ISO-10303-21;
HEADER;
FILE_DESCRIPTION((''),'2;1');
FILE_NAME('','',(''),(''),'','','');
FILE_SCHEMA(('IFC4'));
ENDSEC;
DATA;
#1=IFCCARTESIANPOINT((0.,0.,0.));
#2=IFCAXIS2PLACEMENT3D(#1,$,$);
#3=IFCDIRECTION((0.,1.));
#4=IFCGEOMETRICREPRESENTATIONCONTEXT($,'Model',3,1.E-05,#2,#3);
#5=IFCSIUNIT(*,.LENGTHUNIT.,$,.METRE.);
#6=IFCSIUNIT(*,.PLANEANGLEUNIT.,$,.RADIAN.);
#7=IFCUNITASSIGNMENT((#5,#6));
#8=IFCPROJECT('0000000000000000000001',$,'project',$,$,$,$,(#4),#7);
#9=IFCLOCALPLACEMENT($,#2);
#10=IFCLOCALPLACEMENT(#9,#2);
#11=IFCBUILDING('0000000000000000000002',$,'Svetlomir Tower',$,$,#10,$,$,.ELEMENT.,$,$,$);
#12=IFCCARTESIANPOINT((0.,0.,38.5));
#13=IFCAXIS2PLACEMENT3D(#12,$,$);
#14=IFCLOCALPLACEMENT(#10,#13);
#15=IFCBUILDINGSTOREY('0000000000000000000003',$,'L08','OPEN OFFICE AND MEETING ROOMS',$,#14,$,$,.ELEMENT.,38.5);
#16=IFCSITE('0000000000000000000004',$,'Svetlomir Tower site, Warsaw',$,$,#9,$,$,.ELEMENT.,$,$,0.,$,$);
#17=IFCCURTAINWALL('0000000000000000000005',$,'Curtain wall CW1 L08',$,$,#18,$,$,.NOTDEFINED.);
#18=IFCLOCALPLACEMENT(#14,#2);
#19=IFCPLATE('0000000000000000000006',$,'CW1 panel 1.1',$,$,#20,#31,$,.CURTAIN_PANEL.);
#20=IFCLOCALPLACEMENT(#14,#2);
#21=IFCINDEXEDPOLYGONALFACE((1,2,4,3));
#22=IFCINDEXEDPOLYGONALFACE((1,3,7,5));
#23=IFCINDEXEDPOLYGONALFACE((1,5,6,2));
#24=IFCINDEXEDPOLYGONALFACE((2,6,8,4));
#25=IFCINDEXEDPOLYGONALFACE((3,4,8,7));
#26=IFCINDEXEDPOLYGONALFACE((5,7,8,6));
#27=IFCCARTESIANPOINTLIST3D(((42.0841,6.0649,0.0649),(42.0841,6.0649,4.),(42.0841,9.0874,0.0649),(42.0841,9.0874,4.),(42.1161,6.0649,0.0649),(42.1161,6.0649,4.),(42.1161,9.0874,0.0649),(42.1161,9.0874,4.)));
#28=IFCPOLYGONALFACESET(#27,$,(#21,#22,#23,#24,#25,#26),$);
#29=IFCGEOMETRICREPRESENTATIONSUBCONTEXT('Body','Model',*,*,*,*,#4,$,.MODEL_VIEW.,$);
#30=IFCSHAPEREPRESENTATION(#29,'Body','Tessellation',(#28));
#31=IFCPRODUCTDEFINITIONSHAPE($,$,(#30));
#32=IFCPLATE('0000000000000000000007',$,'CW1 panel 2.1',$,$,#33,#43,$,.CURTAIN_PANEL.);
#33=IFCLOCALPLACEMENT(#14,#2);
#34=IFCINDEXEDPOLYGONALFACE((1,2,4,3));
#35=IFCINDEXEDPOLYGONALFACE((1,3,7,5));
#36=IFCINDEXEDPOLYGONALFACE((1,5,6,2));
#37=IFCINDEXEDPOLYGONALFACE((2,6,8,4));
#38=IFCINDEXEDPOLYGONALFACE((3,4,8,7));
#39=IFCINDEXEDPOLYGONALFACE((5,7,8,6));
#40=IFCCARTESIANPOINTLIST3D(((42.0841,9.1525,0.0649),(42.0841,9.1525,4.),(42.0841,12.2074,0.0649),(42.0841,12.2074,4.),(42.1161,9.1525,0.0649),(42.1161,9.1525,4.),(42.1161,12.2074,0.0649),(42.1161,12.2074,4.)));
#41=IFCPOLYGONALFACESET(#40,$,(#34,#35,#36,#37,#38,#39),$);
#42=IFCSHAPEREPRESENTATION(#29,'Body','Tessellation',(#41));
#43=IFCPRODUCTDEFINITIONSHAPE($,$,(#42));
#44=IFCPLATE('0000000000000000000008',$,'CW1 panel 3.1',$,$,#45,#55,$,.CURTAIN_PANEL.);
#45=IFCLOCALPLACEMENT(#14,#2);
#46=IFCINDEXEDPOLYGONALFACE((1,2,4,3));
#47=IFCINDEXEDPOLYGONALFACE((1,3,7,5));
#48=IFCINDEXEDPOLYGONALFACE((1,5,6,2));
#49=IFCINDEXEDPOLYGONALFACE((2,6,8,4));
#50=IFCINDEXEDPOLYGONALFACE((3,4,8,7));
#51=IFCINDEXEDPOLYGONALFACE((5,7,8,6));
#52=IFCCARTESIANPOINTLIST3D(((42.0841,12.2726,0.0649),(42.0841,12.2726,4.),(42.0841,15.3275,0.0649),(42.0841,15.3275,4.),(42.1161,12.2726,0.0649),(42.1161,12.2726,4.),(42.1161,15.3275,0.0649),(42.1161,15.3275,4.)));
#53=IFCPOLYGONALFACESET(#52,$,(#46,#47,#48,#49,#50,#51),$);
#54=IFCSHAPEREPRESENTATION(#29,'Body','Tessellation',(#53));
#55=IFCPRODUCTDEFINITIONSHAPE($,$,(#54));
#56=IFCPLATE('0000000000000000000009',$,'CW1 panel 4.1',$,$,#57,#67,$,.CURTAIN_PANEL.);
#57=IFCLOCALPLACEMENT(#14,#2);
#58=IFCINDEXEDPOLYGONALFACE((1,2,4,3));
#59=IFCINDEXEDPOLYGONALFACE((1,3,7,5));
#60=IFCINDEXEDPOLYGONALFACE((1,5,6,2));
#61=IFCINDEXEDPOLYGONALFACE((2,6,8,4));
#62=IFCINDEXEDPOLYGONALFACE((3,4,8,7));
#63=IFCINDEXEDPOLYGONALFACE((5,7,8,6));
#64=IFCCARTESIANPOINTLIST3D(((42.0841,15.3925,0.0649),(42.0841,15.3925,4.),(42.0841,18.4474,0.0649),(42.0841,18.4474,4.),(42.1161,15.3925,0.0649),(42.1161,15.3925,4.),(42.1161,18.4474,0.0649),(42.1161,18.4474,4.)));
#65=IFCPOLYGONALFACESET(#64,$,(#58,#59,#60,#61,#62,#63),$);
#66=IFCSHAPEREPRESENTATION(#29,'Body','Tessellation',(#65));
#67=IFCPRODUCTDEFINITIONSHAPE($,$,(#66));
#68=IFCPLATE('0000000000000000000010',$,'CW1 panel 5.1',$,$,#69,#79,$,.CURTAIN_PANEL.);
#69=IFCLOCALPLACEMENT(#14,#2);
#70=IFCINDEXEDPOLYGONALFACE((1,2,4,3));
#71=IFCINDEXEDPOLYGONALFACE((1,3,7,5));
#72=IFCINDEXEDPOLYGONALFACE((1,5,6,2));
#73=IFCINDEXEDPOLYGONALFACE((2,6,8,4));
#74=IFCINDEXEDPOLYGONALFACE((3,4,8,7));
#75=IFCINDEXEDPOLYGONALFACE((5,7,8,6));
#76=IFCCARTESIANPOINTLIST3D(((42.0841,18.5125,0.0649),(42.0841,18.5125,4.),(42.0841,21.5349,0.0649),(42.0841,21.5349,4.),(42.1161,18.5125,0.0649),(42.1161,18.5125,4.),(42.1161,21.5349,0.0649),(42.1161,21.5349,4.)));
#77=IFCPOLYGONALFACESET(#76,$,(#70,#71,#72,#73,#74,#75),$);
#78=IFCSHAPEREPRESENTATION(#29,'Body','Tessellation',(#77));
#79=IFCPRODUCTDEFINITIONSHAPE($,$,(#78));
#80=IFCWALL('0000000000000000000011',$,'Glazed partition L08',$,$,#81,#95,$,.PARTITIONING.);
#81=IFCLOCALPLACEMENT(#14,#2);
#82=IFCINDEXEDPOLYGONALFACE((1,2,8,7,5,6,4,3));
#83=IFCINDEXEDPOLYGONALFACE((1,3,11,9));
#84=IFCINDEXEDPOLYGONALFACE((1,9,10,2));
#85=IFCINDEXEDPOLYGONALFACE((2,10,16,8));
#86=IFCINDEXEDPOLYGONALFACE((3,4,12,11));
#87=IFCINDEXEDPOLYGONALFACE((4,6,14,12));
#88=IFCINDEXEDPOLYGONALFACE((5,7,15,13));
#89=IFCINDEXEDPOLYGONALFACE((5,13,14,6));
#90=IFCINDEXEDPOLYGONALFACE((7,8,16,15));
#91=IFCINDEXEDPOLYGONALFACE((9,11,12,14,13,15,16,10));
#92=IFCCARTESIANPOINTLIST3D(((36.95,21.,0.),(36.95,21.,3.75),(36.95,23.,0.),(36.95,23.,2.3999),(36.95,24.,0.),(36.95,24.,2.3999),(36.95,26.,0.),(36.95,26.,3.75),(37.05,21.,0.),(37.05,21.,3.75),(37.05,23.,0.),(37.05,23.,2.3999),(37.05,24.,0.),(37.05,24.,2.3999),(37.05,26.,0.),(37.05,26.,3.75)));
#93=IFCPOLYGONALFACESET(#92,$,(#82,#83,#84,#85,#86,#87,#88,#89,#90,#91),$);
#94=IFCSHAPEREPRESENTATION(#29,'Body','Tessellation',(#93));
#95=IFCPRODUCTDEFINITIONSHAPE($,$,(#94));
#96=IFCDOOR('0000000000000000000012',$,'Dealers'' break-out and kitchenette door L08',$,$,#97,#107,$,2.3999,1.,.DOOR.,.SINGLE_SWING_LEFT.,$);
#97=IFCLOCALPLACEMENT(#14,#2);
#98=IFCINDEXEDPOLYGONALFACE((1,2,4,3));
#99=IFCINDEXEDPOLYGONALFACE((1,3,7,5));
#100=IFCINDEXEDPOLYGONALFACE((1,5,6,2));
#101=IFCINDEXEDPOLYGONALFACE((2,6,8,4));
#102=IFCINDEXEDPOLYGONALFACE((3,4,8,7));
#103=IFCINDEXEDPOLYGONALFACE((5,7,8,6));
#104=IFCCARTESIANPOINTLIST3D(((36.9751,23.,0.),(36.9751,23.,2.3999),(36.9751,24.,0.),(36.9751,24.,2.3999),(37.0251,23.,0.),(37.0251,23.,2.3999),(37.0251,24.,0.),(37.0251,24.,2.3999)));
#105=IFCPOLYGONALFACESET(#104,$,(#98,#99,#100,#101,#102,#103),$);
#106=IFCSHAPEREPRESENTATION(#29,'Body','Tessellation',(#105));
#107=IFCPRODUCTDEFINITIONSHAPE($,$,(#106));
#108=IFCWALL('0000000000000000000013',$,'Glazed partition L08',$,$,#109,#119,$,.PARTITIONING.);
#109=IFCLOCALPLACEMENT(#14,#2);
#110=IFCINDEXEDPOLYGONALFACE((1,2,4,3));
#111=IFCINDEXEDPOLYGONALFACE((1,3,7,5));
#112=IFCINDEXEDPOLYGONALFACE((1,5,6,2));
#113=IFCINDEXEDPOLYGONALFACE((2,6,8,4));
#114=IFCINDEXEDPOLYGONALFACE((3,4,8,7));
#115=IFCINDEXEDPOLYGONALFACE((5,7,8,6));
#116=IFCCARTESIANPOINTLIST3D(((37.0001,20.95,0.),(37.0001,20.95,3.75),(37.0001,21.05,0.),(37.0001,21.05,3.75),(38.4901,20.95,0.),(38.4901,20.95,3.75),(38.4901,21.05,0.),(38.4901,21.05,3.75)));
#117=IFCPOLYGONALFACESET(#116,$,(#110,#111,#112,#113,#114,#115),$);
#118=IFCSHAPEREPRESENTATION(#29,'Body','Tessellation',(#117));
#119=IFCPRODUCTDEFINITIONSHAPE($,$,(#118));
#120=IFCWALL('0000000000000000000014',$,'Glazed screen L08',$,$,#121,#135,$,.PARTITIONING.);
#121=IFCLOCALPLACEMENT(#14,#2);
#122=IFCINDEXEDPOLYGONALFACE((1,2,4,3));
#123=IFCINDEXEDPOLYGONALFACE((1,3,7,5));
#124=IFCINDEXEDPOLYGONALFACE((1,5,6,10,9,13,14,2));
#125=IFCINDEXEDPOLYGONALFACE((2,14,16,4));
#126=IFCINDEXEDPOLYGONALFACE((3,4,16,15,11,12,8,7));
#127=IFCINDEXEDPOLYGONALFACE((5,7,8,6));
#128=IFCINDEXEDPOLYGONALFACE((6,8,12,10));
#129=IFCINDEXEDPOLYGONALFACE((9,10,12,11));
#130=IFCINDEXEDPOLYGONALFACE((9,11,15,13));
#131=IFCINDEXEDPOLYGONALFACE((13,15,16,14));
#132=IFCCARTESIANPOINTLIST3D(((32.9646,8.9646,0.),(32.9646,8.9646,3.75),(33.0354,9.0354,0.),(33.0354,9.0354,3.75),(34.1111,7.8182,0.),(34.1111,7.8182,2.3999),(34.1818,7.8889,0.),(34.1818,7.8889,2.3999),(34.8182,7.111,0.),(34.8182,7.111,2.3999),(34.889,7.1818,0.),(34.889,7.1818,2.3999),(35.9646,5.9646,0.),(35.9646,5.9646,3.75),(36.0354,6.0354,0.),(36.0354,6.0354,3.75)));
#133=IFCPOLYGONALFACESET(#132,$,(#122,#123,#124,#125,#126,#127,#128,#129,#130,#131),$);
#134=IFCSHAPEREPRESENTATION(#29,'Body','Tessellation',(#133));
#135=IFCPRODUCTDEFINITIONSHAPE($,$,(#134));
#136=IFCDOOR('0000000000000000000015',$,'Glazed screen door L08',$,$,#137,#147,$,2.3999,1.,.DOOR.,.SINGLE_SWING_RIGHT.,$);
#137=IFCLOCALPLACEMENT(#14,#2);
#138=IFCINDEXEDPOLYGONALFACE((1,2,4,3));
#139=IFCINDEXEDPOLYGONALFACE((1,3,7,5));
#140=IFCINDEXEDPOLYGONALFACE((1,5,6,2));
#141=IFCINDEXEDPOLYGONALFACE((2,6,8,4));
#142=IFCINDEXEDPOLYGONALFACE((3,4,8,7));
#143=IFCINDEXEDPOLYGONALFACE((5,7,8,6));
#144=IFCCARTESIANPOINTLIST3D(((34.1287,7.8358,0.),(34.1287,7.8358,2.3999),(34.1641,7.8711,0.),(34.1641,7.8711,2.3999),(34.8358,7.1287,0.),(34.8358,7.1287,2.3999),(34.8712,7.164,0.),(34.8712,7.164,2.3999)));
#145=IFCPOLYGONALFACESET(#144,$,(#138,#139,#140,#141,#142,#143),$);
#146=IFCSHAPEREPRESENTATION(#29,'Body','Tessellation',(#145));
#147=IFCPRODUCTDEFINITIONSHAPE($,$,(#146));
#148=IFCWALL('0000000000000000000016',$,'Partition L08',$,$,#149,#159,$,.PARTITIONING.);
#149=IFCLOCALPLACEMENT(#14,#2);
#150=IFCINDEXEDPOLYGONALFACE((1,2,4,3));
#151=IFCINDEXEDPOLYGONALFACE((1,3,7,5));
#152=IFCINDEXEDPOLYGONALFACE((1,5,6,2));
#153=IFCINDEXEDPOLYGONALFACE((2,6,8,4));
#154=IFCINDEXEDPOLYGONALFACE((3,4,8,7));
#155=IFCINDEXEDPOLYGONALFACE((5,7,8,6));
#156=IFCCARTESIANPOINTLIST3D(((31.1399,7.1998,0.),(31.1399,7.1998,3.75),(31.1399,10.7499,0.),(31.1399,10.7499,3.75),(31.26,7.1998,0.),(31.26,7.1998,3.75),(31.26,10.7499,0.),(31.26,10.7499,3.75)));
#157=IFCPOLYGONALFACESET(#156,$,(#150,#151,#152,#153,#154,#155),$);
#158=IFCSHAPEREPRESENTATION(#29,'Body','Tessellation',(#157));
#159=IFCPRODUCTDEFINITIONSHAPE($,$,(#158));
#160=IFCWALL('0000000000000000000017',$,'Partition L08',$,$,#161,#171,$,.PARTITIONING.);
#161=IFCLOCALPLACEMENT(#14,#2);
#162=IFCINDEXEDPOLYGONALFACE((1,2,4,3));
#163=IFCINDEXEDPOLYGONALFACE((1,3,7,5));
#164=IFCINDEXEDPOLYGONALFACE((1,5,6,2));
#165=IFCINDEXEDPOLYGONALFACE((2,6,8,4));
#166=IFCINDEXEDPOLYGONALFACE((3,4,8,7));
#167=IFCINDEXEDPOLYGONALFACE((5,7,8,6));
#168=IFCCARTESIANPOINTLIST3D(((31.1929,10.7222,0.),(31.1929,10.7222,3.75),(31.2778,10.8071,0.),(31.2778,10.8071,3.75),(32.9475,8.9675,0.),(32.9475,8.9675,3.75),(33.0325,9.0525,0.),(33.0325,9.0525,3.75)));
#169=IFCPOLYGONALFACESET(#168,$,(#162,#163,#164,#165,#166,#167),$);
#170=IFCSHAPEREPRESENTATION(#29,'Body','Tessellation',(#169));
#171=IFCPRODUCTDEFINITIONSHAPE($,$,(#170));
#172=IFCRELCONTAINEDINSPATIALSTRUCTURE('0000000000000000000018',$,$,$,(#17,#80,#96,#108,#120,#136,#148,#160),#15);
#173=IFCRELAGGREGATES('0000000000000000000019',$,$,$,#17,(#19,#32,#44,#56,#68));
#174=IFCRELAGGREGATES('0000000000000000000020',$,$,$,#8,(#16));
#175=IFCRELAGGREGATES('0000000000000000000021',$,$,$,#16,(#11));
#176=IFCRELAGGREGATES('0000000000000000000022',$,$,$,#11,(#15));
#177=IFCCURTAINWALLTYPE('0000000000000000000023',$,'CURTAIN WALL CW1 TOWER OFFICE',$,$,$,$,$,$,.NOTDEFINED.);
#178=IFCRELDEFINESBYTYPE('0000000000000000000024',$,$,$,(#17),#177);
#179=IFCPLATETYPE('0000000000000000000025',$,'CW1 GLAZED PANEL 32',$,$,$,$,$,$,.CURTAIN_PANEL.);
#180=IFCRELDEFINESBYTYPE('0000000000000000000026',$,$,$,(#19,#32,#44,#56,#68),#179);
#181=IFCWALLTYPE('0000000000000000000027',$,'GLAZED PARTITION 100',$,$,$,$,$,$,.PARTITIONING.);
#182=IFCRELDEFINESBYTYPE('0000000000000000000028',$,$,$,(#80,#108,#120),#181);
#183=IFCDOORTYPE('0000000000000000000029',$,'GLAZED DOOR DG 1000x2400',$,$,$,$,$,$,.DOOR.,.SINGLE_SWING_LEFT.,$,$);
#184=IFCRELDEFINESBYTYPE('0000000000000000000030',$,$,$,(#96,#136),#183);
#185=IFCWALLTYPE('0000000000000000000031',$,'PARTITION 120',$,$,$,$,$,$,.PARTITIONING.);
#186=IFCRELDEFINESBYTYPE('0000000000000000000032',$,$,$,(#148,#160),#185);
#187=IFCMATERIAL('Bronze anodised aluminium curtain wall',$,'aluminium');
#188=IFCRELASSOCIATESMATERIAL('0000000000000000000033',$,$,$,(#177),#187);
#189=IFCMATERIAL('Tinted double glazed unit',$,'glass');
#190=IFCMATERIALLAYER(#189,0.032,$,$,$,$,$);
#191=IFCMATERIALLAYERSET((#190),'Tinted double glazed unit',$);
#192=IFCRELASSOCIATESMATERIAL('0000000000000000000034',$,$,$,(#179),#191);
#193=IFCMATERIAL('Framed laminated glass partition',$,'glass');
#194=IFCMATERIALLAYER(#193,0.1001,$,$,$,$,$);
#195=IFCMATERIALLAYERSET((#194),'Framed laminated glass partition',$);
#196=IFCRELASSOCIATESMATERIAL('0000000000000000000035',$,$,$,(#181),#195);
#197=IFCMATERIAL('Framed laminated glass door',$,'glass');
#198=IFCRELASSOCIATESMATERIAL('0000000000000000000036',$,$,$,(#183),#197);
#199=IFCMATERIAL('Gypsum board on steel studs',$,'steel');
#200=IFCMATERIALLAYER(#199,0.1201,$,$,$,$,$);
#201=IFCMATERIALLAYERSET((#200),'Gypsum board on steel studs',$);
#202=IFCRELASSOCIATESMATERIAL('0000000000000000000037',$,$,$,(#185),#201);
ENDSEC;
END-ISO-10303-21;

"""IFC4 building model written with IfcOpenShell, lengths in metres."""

from ifc_helpers import new_model, si_unit, direction, frame, frame_2d, origin, origin_2d, place, context, subcontext, project, spatial, rectangle, extrude, material, layer, layer_set, type_object, element, fill, aggregate, save


model = new_model("IFC4")

# Units and contexts
model_context = context("Model", 3, precision=1e-05, world=origin(), true_north=direction((0.0, 1.0)))
body_context = subcontext(model_context, "Body", "Model", "MODEL_VIEW")
ifc_project = project(units=[si_unit("LENGTHUNIT", "METRE"), si_unit("PLANEANGLEUNIT", "RADIAN")], contexts=[model_context])

# Site, building, storey
site_placement = place(None, origin())
site = spatial("IfcSite", under=ifc_project, at=site_placement, Name="Svetlomir Tower site, Warsaw", CompositionType="ELEMENT", RefElevation=0.0)
building_placement = place(site_placement, origin())
building = spatial("IfcBuilding", under=site, at=building_placement, Name="Svetlomir Tower", CompositionType="ELEMENT")
storey_placement = place(building_placement, frame((0.0, 0.0, 38.5)))
storey = spatial("IfcBuildingStorey", under=building, at=storey_placement, Name="L08", Description="OPEN OFFICE AND MEETING ROOMS", CompositionType="ELEMENT", Elevation=38.5)

# Curtain wall
ifc_material_1 = material(Name="Bronze anodised aluminium curtain wall", Category="aluminium")
curtain_wall_type = type_object("IfcCurtainWallType", Name="CURTAIN WALL CW1 TOWER OFFICE", PredefinedType="NOTDEFINED", material=ifc_material_1)
curtain_wall_placement = place(storey_placement, origin())
curtain_wall = element("IfcCurtainWall", 1, at=curtain_wall_placement, inside=storey, type_object=curtain_wall_type, Name="Curtain wall CW1 L08", PredefinedType="NOTDEFINED")

# Plates
ifc_material_2 = material(Name="Tinted double glazed unit", Category="glass")
ifc_layer_1 = layer(ifc_material_2, 0.032)
ifc_layer_set_1 = layer_set([ifc_layer_1], Name="Tinted double glazed unit")
plate_type = type_object("IfcPlateType", Name="CW1 GLAZED PANEL 32", PredefinedType="CURTAIN_PANEL", material=ifc_layer_set_1)
plate_1_placement = place(storey_placement, frame((42.1001, 7.5762, 0.0649), z_axis=(0.0, 0.0, 1.0), x_axis=(0.0, 1.0, 0.0)))
plate_1 = element("IfcPlate", 2, at=plate_1_placement, type_object=plate_type, Name="CW1 panel 1.1", PredefinedType="CURTAIN_PANEL", context=body_context, shape_type="SweptSolid", body=[
    extrude(rectangle(XDim=3.0225, YDim=0.032, at=origin_2d()), origin(), (0.0, 0.0, 1.0), 3.9351),
])
plate_2_placement = place(storey_placement, frame((42.1001, 10.6799, 0.0649), z_axis=(0.0, 0.0, 1.0), x_axis=(0.0, 1.0, 0.0)))
plate_2 = element("IfcPlate", 3, at=plate_2_placement, type_object=plate_type, Name="CW1 panel 2.1", PredefinedType="CURTAIN_PANEL", context=body_context, shape_type="SweptSolid", body=[
    extrude(rectangle(XDim=3.0549, YDim=0.032, at=origin_2d()), origin(), (0.0, 0.0, 1.0), 3.9351),
])
plate_3_placement = place(storey_placement, frame((42.1001, 13.8, 0.0649), z_axis=(0.0, 0.0, 1.0), x_axis=(0.0, 1.0, 0.0)))
plate_3 = element("IfcPlate", 4, at=plate_3_placement, type_object=plate_type, Name="CW1 panel 3.1", PredefinedType="CURTAIN_PANEL", context=body_context, shape_type="SweptSolid", body=[
    extrude(rectangle(XDim=3.0549, YDim=0.032, at=origin_2d()), origin(), (0.0, 0.0, 1.0), 3.9351),
])
plate_4_placement = place(storey_placement, frame((42.1001, 16.9199, 0.0649), z_axis=(0.0, 0.0, 1.0), x_axis=(0.0, 1.0, 0.0)))
plate_4 = element("IfcPlate", 5, at=plate_4_placement, type_object=plate_type, Name="CW1 panel 4.1", PredefinedType="CURTAIN_PANEL", context=body_context, shape_type="SweptSolid", body=[
    extrude(rectangle(XDim=3.0549, YDim=0.032, at=origin_2d()), origin(), (0.0, 0.0, 1.0), 3.9351),
])
plate_5_placement = place(storey_placement, frame((42.1001, 20.0237, 0.0649), z_axis=(0.0, 0.0, 1.0), x_axis=(0.0, 1.0, 0.0)))
plate_5 = element("IfcPlate", 6, at=plate_5_placement, type_object=plate_type, Name="CW1 panel 5.1", PredefinedType="CURTAIN_PANEL", context=body_context, shape_type="SweptSolid", body=[
    extrude(rectangle(XDim=3.0225, YDim=0.032, at=origin_2d()), origin(), (0.0, 0.0, 1.0), 3.9351),
])
aggregate(curtain_wall, [plate_1, plate_2, plate_3, plate_4, plate_5])

# Wall, opening, door
ifc_material_3 = material(Name="Framed laminated glass partition", Category="glass")
ifc_layer_2 = layer(ifc_material_3, 0.1001)
ifc_layer_set_2 = layer_set([ifc_layer_2], Name="Framed laminated glass partition")
wall_type_1 = type_object("IfcWallType", Name="GLAZED PARTITION 100", PredefinedType="PARTITIONING", material=ifc_layer_set_2)
wall_1_placement = place(storey_placement, frame((37.0, 21.0, 0.0), z_axis=(0.0, 0.0, 1.0), x_axis=(0.0, 1.0, 0.0)))
wall_1 = element("IfcWall", 7, at=wall_1_placement, inside=storey, type_object=wall_type_1, Name="Glazed partition L08", PredefinedType="PARTITIONING", context=body_context, shape_type="SweptSolid", body=[
    extrude(rectangle(XDim=5.0, YDim=0.1001, at=frame_2d((2.5, 0.0))), origin(), (0.0, 0.0, 1.0), 3.75),
])
opening_1_placement = place(wall_1_placement, frame((2.0, 0.0, 0.0)))
opening_1 = element("IfcOpeningElement", 8, at=opening_1_placement, cuts=wall_1, PredefinedType="OPENING", context=body_context, shape_type="SweptSolid", body=[
    extrude(rectangle(XDim=1.0, YDim=2.3999, at=frame_2d((0.5, 1.2))), frame((0.0, 0.0601, 0.0), z_axis=(0.0, -1.0, 0.0), x_axis=(1.0, 0.0, 0.0)), (0.0, 0.0, 1.0), 0.1201),
])
ifc_material_4 = material(Name="Framed laminated glass door", Category="glass")
door_type = type_object("IfcDoorType", Name="GLAZED DOOR DG 1000x2400", OperationType="SINGLE_SWING_LEFT", PredefinedType="DOOR", material=ifc_material_4)
door_1_placement = place(opening_1_placement, origin())
door_1 = element("IfcDoor", 9, at=door_1_placement, inside=storey, type_object=door_type, Name="Dealers' break-out and kitchenette door L08", OperationType="SINGLE_SWING_LEFT", OverallHeight=2.3999, OverallWidth=1.0, PredefinedType="DOOR", context=body_context, shape_type="SweptSolid", body=[
    extrude(rectangle(XDim=1.0, YDim=2.3999, at=frame_2d((0.5, 1.2))), frame((0.0, 0.0249, 0.0), z_axis=(0.0, -1.0, 0.0), x_axis=(1.0, 0.0, 0.0)), (0.0, 0.0, 1.0), 0.05),
])
fill(opening_1, door_1)

# Wall
wall_2_placement = place(storey_placement, frame((37.0, 21.0, 0.0), z_axis=(0.0, 0.0, 1.0), x_axis=(1.0, 0.0, 0.0)))
element("IfcWall", 10, at=wall_2_placement, inside=storey, type_object=wall_type_1, Name="Glazed partition L08", PredefinedType="PARTITIONING", context=body_context, shape_type="SweptSolid", body=[
    extrude(rectangle(XDim=1.49, YDim=0.1001, at=frame_2d((0.7451, 0.0))), origin(), (0.0, 0.0, 1.0), 3.75),
])

# Wall, opening, door
wall_3_placement = place(storey_placement, frame((33.0, 9.0, 0.0), z_axis=(0.0, 0.0, 1.0), x_axis=(0.707107, -0.707107, 0.0)))
wall_3 = element("IfcWall", 11, at=wall_3_placement, inside=storey, type_object=wall_type_1, Name="Glazed screen L08", PredefinedType="PARTITIONING", context=body_context, shape_type="SweptSolid", body=[
    extrude(rectangle(XDim=4.2427, YDim=0.1001, at=frame_2d((2.1213, 0.0))), origin(), (0.0, 0.0, 1.0), 3.75),
])
opening_2_placement = place(wall_3_placement, frame((1.6213, 0.0, 0.0)))
opening_2 = element("IfcOpeningElement", 12, at=opening_2_placement, cuts=wall_3, PredefinedType="OPENING", context=body_context, shape_type="SweptSolid", body=[
    extrude(rectangle(XDim=1.0, YDim=2.3999, at=frame_2d((0.5, 1.2))), frame((0.0, 0.0601, 0.0), z_axis=(0.0, -1.0, 0.0), x_axis=(1.0, 0.0, 0.0)), (0.0, 0.0, 1.0), 0.1201),
])
door_2_placement = place(opening_2_placement, origin())
door_2 = element("IfcDoor", 13, at=door_2_placement, inside=storey, type_object=door_type, Name="Glazed screen door L08", OperationType="SINGLE_SWING_RIGHT", OverallHeight=2.3999, OverallWidth=1.0, PredefinedType="DOOR", context=body_context, shape_type="SweptSolid", body=[
    extrude(rectangle(XDim=1.0, YDim=2.3999, at=frame_2d((0.5, 1.2))), frame((0.0, 0.0249, 0.0), z_axis=(0.0, -1.0, 0.0), x_axis=(1.0, 0.0, 0.0)), (0.0, 0.0, 1.0), 0.05),
])
fill(opening_2, door_2)

# Walls
ifc_material_5 = material(Name="Gypsum board on steel studs", Category="steel")
ifc_layer_3 = layer(ifc_material_5, 0.1201)
ifc_layer_set_3 = layer_set([ifc_layer_3], Name="Gypsum board on steel studs")
wall_type_2 = type_object("IfcWallType", Name="PARTITION 120", PredefinedType="PARTITIONING", material=ifc_layer_set_3)
wall_4_placement = place(storey_placement, frame((31.2, 7.2, 0.0), z_axis=(0.0, 0.0, 1.0), x_axis=(0.0, 1.0, 0.0)))
element("IfcWall", 14, at=wall_4_placement, inside=storey, type_object=wall_type_2, Name="Partition L08", PredefinedType="PARTITIONING", context=body_context, shape_type="SweptSolid", body=[
    extrude(rectangle(XDim=3.55, YDim=0.1201, at=frame_2d((1.7749, 0.0))), origin(), (0.0, 0.0, 1.0), 3.75),
])
wall_5_placement = place(storey_placement, frame((31.2354, 10.7646, 0.0), z_axis=(0.0, 0.0, 1.0), x_axis=(0.707107, -0.707107, 0.0)))
element("IfcWall", 15, at=wall_5_placement, inside=storey, type_object=wall_type_2, Name="Partition L08", PredefinedType="PARTITIONING", context=body_context, shape_type="SweptSolid", body=[
    extrude(rectangle(XDim=2.4814, YDim=0.1201, at=frame_2d((1.2407, 0.0))), origin(), (0.0, 0.0, 1.0), 3.75),
])

save(model, "model.ifc")
